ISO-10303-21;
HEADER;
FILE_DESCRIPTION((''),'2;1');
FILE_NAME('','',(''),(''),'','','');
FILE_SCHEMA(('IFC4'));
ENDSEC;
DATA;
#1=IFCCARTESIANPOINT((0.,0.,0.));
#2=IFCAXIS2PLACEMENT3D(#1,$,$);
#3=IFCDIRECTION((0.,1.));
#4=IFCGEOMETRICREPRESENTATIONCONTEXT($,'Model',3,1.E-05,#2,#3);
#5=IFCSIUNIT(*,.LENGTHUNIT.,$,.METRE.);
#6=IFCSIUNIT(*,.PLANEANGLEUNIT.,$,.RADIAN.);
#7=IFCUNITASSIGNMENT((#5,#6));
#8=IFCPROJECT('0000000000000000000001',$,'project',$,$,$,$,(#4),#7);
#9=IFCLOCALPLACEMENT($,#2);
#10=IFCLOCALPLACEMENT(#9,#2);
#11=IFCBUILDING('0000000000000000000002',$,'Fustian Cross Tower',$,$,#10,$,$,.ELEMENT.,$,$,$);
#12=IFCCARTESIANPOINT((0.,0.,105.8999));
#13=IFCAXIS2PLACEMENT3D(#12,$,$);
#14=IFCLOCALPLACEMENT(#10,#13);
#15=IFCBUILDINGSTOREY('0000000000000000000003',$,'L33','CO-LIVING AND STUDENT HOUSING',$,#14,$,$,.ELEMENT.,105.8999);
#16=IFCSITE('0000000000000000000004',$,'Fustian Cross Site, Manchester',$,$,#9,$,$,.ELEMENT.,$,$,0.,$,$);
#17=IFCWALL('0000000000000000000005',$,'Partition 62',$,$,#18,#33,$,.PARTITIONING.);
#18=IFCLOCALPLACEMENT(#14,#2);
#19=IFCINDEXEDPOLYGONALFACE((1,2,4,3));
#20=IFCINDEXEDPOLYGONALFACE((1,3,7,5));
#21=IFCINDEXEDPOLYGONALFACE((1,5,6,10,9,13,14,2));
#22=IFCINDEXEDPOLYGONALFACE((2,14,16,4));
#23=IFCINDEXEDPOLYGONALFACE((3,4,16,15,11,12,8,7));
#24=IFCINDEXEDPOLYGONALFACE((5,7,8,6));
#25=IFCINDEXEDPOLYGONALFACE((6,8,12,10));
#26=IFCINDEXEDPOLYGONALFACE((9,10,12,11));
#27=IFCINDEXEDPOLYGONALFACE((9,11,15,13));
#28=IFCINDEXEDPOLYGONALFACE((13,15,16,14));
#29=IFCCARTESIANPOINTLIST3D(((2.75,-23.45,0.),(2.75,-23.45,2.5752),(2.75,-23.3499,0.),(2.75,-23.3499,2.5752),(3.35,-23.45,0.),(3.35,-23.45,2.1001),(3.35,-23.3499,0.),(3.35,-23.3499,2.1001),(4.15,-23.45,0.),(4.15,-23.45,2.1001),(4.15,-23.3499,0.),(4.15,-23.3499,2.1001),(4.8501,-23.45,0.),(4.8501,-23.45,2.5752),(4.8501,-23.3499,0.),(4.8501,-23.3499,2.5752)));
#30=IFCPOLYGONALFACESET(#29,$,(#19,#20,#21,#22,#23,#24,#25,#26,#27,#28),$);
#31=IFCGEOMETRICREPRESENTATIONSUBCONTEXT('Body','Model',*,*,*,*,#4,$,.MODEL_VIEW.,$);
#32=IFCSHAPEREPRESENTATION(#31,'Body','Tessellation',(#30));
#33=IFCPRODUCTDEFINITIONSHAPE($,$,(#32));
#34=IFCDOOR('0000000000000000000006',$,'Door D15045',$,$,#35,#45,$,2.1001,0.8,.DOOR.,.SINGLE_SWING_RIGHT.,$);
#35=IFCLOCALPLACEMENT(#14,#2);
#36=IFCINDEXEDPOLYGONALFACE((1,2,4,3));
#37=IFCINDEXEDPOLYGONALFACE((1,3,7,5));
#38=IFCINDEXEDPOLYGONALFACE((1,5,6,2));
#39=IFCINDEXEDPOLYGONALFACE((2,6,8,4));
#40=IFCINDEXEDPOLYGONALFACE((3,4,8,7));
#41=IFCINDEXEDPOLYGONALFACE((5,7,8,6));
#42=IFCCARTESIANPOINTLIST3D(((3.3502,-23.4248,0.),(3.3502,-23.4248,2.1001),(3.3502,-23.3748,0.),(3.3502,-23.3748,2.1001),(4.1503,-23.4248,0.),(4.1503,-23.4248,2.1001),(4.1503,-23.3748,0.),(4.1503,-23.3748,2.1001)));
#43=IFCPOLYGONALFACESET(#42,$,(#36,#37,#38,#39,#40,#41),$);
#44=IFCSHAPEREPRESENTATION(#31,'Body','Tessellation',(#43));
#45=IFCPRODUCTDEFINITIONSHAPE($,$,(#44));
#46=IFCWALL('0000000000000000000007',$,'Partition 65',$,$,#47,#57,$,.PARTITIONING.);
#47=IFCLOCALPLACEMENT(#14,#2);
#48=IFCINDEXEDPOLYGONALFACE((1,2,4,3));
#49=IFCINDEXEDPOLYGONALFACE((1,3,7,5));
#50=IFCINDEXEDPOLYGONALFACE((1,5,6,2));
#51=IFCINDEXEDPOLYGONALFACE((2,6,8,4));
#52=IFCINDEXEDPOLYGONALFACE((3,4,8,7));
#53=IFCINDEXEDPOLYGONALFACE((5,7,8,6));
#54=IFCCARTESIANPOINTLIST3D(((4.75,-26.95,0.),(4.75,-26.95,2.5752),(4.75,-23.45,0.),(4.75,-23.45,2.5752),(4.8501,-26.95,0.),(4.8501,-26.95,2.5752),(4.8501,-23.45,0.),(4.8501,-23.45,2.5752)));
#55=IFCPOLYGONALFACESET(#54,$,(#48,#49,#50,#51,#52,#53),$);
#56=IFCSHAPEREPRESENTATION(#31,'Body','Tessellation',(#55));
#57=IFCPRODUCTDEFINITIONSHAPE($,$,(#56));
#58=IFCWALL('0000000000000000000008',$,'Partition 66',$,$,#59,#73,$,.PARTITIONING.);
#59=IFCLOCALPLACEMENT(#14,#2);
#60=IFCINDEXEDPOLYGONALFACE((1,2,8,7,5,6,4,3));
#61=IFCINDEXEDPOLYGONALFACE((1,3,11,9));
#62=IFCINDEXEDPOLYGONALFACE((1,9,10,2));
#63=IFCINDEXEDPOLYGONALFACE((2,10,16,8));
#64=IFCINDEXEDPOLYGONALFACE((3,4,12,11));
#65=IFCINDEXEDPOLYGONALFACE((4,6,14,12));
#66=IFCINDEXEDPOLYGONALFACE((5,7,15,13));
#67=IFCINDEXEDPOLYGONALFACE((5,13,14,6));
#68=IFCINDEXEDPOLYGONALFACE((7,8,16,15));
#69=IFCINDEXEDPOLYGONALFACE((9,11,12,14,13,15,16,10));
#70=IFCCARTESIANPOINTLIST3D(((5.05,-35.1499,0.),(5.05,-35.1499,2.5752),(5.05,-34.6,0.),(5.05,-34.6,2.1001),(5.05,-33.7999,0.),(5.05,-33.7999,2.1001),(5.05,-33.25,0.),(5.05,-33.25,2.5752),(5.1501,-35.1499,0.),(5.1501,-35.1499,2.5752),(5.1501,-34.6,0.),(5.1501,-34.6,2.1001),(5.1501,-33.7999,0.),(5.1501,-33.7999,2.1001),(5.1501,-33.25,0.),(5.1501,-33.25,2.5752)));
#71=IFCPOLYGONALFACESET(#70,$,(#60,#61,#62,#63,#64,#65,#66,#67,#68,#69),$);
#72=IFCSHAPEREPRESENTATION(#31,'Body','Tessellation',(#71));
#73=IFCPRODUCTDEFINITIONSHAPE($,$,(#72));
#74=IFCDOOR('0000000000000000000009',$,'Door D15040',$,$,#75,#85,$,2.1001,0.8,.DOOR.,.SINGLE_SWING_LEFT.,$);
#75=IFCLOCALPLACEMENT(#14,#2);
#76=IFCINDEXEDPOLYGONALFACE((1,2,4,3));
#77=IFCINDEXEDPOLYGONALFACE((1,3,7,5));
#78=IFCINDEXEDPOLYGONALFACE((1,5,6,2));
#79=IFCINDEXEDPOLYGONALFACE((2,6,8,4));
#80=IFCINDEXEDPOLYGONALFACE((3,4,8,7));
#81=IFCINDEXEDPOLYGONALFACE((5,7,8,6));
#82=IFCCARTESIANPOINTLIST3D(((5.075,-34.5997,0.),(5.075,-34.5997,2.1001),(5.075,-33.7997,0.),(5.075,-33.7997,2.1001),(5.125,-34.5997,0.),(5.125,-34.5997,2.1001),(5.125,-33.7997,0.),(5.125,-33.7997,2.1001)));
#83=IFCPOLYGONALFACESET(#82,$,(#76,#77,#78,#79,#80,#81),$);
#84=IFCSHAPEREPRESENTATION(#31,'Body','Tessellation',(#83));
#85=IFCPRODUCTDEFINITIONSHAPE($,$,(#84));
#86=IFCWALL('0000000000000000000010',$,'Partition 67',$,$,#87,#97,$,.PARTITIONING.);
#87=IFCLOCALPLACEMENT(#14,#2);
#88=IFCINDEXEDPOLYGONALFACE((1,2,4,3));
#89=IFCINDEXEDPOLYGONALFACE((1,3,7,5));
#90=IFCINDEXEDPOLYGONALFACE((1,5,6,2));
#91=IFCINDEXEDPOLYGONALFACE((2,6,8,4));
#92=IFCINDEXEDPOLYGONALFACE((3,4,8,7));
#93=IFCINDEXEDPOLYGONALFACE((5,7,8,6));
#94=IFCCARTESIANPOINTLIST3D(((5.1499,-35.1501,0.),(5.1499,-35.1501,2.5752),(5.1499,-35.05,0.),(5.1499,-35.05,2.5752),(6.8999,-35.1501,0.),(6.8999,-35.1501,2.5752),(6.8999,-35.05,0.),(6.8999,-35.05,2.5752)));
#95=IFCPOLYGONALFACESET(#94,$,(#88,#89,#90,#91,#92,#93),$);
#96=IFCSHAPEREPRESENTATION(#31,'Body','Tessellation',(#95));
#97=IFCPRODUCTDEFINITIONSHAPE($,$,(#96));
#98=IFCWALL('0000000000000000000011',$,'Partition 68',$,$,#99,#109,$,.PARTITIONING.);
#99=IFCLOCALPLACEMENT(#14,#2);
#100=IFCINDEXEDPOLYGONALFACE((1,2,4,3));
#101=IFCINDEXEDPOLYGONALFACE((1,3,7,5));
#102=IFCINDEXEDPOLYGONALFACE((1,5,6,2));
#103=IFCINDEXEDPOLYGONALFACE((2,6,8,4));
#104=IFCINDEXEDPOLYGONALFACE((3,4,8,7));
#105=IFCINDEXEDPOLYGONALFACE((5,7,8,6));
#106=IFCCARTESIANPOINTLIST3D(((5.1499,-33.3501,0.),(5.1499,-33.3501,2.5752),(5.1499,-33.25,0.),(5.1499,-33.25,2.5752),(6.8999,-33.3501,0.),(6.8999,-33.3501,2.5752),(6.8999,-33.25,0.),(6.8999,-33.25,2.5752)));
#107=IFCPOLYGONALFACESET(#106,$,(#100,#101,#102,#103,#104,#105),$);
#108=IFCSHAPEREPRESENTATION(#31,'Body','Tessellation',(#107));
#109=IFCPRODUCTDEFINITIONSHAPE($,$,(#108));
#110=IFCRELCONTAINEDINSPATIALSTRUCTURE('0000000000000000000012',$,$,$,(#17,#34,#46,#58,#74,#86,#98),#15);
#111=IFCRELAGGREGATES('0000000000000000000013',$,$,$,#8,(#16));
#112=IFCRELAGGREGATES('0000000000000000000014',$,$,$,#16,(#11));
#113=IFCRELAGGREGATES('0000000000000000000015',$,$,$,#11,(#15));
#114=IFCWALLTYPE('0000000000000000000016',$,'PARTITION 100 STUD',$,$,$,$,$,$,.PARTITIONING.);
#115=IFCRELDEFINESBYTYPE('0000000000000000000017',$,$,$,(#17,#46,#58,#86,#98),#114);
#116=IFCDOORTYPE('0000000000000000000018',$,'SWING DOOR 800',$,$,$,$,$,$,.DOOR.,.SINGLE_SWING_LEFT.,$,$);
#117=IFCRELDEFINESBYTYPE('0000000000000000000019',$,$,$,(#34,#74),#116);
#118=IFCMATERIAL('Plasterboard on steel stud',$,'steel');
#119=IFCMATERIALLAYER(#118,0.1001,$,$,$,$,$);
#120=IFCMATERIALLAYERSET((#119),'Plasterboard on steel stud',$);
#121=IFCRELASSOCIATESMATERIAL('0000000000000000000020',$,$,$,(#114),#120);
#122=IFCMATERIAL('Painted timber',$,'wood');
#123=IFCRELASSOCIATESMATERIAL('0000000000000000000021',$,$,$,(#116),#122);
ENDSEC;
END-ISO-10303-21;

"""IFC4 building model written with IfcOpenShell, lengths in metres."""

from ifc_helpers import new_model, si_unit, direction, frame, frame_2d, origin, place, context, subcontext, project, spatial, rectangle, extrude, material, layer, layer_set, type_object, element, fill, save


model = new_model("IFC4")

# Units and contexts
model_context = context("Model", 3, precision=1e-05, world=origin(), true_north=direction((0.0, 1.0)))
body_context = subcontext(model_context, "Body", "Model", "MODEL_VIEW")
ifc_project = project(units=[si_unit("LENGTHUNIT", "METRE"), si_unit("PLANEANGLEUNIT", "RADIAN")], contexts=[model_context])

# Site, building, storey
site_placement = place(None, origin())
site = spatial("IfcSite", under=ifc_project, at=site_placement, Name="Fustian Cross Site, Manchester", CompositionType="ELEMENT", RefElevation=0.0)
building_placement = place(site_placement, origin())
building = spatial("IfcBuilding", under=site, at=building_placement, Name="Fustian Cross Tower", CompositionType="ELEMENT")
storey_placement = place(building_placement, frame((0.0, 0.0, 105.8999)))
storey = spatial("IfcBuildingStorey", under=building, at=storey_placement, Name="L33", Description="CO-LIVING AND STUDENT HOUSING", CompositionType="ELEMENT", Elevation=105.8999)

# Shared definitions
ifc_material_1 = material(Name="Plasterboard on steel stud", Category="steel")
ifc_layer = layer(ifc_material_1, 0.1001)
ifc_layer_set = layer_set([ifc_layer], Name="Plasterboard on steel stud")
wall_type = type_object("IfcWallType", Name="PARTITION 100 STUD", PredefinedType="PARTITIONING", material=ifc_layer_set)

# Shared definitions
ifc_material_2 = material(Name="Painted timber", Category="wood")
door_type_1 = type_object("IfcDoorType", Name="SWING DOOR 800", OperationType="SINGLE_SWING_LEFT", PredefinedType="DOOR", material=ifc_material_2)

# Wall, opening, door
wall_1_placement = place(storey_placement, frame((2.75, -23.3999, 0.0), z_axis=(0.0, 0.0, 1.0), x_axis=(1.0, 0.0, 0.0)))
wall_1 = element("IfcWall", 1, at=wall_1_placement, inside=storey, type_object=wall_type, Name="Partition 62", PredefinedType="PARTITIONING", context=body_context, shape_type="SweptSolid", body=[
    extrude(rectangle(XDim=2.1001, YDim=0.1001, at=frame_2d((1.05, 0.0))), origin(), (0.0, 0.0, 1.0), 2.5752),
])
opening_1_placement = place(wall_1_placement, frame((0.6001, 0.0, 0.0)))
opening_1 = element("IfcOpeningElement", 2, at=opening_1_placement, cuts=wall_1, PredefinedType="OPENING", context=body_context, shape_type="SweptSolid", body=[
    extrude(rectangle(XDim=0.8, YDim=2.1001, at=frame_2d((0.3999, 1.05))), frame((0.0, 0.0601, 0.0), z_axis=(0.0, -1.0, 0.0), x_axis=(1.0, 0.0, 0.0)), (0.0, 0.0, 1.0), 0.1201),
])
door_1_placement = place(opening_1_placement, frame((0.8, 0.0, 0.0), z_axis=(0.0, 0.0, 1.0), x_axis=(-1.0, 0.0, 0.0)))
door_1 = element("IfcDoor", 3, at=door_1_placement, inside=storey, type_object=door_type_1, Name="Door D15045", OperationType="SINGLE_SWING_RIGHT", OverallHeight=2.1001, OverallWidth=0.8, PredefinedType="DOOR", context=body_context, shape_type="SweptSolid", body=[
    extrude(rectangle(XDim=0.8, YDim=2.1001, at=frame_2d((0.3999, 1.05))), frame((0.0, 0.0249, 0.0), z_axis=(0.0, -1.0, 0.0), x_axis=(1.0, 0.0, 0.0)), (0.0, 0.0, 1.0), 0.05),
])
fill(opening_1, door_1)

# Wall
wall_2_placement = place(storey_placement, frame((4.8, -26.95, 0.0), z_axis=(0.0, 0.0, 1.0), x_axis=(0.0, 1.0, 0.0)))
element("IfcWall", 4, at=wall_2_placement, inside=storey, type_object=wall_type, Name="Partition 65", PredefinedType="PARTITIONING", context=body_context, shape_type="SweptSolid", body=[
    extrude(rectangle(XDim=3.5, YDim=0.1001, at=frame_2d((1.75, 0.0))), origin(), (0.0, 0.0, 1.0), 2.5752),
])

# Wall, opening, door
wall_3_placement = place(storey_placement, frame((5.1001, -35.1499, 0.0), z_axis=(0.0, 0.0, 1.0), x_axis=(0.0, 1.0, 0.0)))
wall_3 = element("IfcWall", 5, at=wall_3_placement, inside=storey, type_object=wall_type, Name="Partition 66", PredefinedType="PARTITIONING", context=body_context, shape_type="SweptSolid", body=[
    extrude(rectangle(XDim=1.8999, YDim=0.1001, at=frame_2d((0.95, 0.0))), origin(), (0.0, 0.0, 1.0), 2.5752),
])
opening_2_placement = place(wall_3_placement, frame((0.55, 0.0, 0.0)))
opening_2 = element("IfcOpeningElement", 6, at=opening_2_placement, cuts=wall_3, PredefinedType="OPENING", context=body_context, shape_type="SweptSolid", body=[
    extrude(rectangle(XDim=0.8, YDim=2.1001, at=frame_2d((0.3999, 1.05))), frame((0.0, 0.0601, 0.0), z_axis=(0.0, -1.0, 0.0), x_axis=(1.0, 0.0, 0.0)), (0.0, 0.0, 1.0), 0.1201),
])
door_2_placement = place(opening_2_placement, frame((0.8, 0.0, 0.0), z_axis=(0.0, 0.0, 1.0), x_axis=(-1.0, 0.0, 0.0)))
door_2 = element("IfcDoor", 7, at=door_2_placement, inside=storey, type_object=door_type_1, Name="Door D15040", OperationType="SINGLE_SWING_LEFT", OverallHeight=2.1001, OverallWidth=0.8, PredefinedType="DOOR", context=body_context, shape_type="SweptSolid", body=[
    extrude(rectangle(XDim=0.8, YDim=2.1001, at=frame_2d((0.3999, 1.05))), frame((0.0, 0.0249, 0.0), z_axis=(0.0, -1.0, 0.0), x_axis=(1.0, 0.0, 0.0)), (0.0, 0.0, 1.0), 0.05),
])
fill(opening_2, door_2)

# Walls
for number, where, z_axis, x_axis, name in (
    (8, (5.1499, -35.1001, 0.0), (0.0, 0.0, 1.0), (1.0, 0.0, 0.0), "Partition 67"),
    (9, (5.1499, -33.3, 0.0), (0.0, 0.0, 1.0), (1.0, 0.0, 0.0), "Partition 68"),
):
    element("IfcWall", number, at=place(storey_placement, frame(where, z_axis=z_axis, x_axis=x_axis)), inside=storey, type_object=wall_type, Name=name, PredefinedType="PARTITIONING", context=body_context, shape_type="SweptSolid", body=[
        extrude(rectangle(XDim=1.75, YDim=0.1001, at=frame_2d((0.875, 0.0))), origin(), (0.0, 0.0, 1.0), 2.5752),
    ])

save(model, "model.ifc")
